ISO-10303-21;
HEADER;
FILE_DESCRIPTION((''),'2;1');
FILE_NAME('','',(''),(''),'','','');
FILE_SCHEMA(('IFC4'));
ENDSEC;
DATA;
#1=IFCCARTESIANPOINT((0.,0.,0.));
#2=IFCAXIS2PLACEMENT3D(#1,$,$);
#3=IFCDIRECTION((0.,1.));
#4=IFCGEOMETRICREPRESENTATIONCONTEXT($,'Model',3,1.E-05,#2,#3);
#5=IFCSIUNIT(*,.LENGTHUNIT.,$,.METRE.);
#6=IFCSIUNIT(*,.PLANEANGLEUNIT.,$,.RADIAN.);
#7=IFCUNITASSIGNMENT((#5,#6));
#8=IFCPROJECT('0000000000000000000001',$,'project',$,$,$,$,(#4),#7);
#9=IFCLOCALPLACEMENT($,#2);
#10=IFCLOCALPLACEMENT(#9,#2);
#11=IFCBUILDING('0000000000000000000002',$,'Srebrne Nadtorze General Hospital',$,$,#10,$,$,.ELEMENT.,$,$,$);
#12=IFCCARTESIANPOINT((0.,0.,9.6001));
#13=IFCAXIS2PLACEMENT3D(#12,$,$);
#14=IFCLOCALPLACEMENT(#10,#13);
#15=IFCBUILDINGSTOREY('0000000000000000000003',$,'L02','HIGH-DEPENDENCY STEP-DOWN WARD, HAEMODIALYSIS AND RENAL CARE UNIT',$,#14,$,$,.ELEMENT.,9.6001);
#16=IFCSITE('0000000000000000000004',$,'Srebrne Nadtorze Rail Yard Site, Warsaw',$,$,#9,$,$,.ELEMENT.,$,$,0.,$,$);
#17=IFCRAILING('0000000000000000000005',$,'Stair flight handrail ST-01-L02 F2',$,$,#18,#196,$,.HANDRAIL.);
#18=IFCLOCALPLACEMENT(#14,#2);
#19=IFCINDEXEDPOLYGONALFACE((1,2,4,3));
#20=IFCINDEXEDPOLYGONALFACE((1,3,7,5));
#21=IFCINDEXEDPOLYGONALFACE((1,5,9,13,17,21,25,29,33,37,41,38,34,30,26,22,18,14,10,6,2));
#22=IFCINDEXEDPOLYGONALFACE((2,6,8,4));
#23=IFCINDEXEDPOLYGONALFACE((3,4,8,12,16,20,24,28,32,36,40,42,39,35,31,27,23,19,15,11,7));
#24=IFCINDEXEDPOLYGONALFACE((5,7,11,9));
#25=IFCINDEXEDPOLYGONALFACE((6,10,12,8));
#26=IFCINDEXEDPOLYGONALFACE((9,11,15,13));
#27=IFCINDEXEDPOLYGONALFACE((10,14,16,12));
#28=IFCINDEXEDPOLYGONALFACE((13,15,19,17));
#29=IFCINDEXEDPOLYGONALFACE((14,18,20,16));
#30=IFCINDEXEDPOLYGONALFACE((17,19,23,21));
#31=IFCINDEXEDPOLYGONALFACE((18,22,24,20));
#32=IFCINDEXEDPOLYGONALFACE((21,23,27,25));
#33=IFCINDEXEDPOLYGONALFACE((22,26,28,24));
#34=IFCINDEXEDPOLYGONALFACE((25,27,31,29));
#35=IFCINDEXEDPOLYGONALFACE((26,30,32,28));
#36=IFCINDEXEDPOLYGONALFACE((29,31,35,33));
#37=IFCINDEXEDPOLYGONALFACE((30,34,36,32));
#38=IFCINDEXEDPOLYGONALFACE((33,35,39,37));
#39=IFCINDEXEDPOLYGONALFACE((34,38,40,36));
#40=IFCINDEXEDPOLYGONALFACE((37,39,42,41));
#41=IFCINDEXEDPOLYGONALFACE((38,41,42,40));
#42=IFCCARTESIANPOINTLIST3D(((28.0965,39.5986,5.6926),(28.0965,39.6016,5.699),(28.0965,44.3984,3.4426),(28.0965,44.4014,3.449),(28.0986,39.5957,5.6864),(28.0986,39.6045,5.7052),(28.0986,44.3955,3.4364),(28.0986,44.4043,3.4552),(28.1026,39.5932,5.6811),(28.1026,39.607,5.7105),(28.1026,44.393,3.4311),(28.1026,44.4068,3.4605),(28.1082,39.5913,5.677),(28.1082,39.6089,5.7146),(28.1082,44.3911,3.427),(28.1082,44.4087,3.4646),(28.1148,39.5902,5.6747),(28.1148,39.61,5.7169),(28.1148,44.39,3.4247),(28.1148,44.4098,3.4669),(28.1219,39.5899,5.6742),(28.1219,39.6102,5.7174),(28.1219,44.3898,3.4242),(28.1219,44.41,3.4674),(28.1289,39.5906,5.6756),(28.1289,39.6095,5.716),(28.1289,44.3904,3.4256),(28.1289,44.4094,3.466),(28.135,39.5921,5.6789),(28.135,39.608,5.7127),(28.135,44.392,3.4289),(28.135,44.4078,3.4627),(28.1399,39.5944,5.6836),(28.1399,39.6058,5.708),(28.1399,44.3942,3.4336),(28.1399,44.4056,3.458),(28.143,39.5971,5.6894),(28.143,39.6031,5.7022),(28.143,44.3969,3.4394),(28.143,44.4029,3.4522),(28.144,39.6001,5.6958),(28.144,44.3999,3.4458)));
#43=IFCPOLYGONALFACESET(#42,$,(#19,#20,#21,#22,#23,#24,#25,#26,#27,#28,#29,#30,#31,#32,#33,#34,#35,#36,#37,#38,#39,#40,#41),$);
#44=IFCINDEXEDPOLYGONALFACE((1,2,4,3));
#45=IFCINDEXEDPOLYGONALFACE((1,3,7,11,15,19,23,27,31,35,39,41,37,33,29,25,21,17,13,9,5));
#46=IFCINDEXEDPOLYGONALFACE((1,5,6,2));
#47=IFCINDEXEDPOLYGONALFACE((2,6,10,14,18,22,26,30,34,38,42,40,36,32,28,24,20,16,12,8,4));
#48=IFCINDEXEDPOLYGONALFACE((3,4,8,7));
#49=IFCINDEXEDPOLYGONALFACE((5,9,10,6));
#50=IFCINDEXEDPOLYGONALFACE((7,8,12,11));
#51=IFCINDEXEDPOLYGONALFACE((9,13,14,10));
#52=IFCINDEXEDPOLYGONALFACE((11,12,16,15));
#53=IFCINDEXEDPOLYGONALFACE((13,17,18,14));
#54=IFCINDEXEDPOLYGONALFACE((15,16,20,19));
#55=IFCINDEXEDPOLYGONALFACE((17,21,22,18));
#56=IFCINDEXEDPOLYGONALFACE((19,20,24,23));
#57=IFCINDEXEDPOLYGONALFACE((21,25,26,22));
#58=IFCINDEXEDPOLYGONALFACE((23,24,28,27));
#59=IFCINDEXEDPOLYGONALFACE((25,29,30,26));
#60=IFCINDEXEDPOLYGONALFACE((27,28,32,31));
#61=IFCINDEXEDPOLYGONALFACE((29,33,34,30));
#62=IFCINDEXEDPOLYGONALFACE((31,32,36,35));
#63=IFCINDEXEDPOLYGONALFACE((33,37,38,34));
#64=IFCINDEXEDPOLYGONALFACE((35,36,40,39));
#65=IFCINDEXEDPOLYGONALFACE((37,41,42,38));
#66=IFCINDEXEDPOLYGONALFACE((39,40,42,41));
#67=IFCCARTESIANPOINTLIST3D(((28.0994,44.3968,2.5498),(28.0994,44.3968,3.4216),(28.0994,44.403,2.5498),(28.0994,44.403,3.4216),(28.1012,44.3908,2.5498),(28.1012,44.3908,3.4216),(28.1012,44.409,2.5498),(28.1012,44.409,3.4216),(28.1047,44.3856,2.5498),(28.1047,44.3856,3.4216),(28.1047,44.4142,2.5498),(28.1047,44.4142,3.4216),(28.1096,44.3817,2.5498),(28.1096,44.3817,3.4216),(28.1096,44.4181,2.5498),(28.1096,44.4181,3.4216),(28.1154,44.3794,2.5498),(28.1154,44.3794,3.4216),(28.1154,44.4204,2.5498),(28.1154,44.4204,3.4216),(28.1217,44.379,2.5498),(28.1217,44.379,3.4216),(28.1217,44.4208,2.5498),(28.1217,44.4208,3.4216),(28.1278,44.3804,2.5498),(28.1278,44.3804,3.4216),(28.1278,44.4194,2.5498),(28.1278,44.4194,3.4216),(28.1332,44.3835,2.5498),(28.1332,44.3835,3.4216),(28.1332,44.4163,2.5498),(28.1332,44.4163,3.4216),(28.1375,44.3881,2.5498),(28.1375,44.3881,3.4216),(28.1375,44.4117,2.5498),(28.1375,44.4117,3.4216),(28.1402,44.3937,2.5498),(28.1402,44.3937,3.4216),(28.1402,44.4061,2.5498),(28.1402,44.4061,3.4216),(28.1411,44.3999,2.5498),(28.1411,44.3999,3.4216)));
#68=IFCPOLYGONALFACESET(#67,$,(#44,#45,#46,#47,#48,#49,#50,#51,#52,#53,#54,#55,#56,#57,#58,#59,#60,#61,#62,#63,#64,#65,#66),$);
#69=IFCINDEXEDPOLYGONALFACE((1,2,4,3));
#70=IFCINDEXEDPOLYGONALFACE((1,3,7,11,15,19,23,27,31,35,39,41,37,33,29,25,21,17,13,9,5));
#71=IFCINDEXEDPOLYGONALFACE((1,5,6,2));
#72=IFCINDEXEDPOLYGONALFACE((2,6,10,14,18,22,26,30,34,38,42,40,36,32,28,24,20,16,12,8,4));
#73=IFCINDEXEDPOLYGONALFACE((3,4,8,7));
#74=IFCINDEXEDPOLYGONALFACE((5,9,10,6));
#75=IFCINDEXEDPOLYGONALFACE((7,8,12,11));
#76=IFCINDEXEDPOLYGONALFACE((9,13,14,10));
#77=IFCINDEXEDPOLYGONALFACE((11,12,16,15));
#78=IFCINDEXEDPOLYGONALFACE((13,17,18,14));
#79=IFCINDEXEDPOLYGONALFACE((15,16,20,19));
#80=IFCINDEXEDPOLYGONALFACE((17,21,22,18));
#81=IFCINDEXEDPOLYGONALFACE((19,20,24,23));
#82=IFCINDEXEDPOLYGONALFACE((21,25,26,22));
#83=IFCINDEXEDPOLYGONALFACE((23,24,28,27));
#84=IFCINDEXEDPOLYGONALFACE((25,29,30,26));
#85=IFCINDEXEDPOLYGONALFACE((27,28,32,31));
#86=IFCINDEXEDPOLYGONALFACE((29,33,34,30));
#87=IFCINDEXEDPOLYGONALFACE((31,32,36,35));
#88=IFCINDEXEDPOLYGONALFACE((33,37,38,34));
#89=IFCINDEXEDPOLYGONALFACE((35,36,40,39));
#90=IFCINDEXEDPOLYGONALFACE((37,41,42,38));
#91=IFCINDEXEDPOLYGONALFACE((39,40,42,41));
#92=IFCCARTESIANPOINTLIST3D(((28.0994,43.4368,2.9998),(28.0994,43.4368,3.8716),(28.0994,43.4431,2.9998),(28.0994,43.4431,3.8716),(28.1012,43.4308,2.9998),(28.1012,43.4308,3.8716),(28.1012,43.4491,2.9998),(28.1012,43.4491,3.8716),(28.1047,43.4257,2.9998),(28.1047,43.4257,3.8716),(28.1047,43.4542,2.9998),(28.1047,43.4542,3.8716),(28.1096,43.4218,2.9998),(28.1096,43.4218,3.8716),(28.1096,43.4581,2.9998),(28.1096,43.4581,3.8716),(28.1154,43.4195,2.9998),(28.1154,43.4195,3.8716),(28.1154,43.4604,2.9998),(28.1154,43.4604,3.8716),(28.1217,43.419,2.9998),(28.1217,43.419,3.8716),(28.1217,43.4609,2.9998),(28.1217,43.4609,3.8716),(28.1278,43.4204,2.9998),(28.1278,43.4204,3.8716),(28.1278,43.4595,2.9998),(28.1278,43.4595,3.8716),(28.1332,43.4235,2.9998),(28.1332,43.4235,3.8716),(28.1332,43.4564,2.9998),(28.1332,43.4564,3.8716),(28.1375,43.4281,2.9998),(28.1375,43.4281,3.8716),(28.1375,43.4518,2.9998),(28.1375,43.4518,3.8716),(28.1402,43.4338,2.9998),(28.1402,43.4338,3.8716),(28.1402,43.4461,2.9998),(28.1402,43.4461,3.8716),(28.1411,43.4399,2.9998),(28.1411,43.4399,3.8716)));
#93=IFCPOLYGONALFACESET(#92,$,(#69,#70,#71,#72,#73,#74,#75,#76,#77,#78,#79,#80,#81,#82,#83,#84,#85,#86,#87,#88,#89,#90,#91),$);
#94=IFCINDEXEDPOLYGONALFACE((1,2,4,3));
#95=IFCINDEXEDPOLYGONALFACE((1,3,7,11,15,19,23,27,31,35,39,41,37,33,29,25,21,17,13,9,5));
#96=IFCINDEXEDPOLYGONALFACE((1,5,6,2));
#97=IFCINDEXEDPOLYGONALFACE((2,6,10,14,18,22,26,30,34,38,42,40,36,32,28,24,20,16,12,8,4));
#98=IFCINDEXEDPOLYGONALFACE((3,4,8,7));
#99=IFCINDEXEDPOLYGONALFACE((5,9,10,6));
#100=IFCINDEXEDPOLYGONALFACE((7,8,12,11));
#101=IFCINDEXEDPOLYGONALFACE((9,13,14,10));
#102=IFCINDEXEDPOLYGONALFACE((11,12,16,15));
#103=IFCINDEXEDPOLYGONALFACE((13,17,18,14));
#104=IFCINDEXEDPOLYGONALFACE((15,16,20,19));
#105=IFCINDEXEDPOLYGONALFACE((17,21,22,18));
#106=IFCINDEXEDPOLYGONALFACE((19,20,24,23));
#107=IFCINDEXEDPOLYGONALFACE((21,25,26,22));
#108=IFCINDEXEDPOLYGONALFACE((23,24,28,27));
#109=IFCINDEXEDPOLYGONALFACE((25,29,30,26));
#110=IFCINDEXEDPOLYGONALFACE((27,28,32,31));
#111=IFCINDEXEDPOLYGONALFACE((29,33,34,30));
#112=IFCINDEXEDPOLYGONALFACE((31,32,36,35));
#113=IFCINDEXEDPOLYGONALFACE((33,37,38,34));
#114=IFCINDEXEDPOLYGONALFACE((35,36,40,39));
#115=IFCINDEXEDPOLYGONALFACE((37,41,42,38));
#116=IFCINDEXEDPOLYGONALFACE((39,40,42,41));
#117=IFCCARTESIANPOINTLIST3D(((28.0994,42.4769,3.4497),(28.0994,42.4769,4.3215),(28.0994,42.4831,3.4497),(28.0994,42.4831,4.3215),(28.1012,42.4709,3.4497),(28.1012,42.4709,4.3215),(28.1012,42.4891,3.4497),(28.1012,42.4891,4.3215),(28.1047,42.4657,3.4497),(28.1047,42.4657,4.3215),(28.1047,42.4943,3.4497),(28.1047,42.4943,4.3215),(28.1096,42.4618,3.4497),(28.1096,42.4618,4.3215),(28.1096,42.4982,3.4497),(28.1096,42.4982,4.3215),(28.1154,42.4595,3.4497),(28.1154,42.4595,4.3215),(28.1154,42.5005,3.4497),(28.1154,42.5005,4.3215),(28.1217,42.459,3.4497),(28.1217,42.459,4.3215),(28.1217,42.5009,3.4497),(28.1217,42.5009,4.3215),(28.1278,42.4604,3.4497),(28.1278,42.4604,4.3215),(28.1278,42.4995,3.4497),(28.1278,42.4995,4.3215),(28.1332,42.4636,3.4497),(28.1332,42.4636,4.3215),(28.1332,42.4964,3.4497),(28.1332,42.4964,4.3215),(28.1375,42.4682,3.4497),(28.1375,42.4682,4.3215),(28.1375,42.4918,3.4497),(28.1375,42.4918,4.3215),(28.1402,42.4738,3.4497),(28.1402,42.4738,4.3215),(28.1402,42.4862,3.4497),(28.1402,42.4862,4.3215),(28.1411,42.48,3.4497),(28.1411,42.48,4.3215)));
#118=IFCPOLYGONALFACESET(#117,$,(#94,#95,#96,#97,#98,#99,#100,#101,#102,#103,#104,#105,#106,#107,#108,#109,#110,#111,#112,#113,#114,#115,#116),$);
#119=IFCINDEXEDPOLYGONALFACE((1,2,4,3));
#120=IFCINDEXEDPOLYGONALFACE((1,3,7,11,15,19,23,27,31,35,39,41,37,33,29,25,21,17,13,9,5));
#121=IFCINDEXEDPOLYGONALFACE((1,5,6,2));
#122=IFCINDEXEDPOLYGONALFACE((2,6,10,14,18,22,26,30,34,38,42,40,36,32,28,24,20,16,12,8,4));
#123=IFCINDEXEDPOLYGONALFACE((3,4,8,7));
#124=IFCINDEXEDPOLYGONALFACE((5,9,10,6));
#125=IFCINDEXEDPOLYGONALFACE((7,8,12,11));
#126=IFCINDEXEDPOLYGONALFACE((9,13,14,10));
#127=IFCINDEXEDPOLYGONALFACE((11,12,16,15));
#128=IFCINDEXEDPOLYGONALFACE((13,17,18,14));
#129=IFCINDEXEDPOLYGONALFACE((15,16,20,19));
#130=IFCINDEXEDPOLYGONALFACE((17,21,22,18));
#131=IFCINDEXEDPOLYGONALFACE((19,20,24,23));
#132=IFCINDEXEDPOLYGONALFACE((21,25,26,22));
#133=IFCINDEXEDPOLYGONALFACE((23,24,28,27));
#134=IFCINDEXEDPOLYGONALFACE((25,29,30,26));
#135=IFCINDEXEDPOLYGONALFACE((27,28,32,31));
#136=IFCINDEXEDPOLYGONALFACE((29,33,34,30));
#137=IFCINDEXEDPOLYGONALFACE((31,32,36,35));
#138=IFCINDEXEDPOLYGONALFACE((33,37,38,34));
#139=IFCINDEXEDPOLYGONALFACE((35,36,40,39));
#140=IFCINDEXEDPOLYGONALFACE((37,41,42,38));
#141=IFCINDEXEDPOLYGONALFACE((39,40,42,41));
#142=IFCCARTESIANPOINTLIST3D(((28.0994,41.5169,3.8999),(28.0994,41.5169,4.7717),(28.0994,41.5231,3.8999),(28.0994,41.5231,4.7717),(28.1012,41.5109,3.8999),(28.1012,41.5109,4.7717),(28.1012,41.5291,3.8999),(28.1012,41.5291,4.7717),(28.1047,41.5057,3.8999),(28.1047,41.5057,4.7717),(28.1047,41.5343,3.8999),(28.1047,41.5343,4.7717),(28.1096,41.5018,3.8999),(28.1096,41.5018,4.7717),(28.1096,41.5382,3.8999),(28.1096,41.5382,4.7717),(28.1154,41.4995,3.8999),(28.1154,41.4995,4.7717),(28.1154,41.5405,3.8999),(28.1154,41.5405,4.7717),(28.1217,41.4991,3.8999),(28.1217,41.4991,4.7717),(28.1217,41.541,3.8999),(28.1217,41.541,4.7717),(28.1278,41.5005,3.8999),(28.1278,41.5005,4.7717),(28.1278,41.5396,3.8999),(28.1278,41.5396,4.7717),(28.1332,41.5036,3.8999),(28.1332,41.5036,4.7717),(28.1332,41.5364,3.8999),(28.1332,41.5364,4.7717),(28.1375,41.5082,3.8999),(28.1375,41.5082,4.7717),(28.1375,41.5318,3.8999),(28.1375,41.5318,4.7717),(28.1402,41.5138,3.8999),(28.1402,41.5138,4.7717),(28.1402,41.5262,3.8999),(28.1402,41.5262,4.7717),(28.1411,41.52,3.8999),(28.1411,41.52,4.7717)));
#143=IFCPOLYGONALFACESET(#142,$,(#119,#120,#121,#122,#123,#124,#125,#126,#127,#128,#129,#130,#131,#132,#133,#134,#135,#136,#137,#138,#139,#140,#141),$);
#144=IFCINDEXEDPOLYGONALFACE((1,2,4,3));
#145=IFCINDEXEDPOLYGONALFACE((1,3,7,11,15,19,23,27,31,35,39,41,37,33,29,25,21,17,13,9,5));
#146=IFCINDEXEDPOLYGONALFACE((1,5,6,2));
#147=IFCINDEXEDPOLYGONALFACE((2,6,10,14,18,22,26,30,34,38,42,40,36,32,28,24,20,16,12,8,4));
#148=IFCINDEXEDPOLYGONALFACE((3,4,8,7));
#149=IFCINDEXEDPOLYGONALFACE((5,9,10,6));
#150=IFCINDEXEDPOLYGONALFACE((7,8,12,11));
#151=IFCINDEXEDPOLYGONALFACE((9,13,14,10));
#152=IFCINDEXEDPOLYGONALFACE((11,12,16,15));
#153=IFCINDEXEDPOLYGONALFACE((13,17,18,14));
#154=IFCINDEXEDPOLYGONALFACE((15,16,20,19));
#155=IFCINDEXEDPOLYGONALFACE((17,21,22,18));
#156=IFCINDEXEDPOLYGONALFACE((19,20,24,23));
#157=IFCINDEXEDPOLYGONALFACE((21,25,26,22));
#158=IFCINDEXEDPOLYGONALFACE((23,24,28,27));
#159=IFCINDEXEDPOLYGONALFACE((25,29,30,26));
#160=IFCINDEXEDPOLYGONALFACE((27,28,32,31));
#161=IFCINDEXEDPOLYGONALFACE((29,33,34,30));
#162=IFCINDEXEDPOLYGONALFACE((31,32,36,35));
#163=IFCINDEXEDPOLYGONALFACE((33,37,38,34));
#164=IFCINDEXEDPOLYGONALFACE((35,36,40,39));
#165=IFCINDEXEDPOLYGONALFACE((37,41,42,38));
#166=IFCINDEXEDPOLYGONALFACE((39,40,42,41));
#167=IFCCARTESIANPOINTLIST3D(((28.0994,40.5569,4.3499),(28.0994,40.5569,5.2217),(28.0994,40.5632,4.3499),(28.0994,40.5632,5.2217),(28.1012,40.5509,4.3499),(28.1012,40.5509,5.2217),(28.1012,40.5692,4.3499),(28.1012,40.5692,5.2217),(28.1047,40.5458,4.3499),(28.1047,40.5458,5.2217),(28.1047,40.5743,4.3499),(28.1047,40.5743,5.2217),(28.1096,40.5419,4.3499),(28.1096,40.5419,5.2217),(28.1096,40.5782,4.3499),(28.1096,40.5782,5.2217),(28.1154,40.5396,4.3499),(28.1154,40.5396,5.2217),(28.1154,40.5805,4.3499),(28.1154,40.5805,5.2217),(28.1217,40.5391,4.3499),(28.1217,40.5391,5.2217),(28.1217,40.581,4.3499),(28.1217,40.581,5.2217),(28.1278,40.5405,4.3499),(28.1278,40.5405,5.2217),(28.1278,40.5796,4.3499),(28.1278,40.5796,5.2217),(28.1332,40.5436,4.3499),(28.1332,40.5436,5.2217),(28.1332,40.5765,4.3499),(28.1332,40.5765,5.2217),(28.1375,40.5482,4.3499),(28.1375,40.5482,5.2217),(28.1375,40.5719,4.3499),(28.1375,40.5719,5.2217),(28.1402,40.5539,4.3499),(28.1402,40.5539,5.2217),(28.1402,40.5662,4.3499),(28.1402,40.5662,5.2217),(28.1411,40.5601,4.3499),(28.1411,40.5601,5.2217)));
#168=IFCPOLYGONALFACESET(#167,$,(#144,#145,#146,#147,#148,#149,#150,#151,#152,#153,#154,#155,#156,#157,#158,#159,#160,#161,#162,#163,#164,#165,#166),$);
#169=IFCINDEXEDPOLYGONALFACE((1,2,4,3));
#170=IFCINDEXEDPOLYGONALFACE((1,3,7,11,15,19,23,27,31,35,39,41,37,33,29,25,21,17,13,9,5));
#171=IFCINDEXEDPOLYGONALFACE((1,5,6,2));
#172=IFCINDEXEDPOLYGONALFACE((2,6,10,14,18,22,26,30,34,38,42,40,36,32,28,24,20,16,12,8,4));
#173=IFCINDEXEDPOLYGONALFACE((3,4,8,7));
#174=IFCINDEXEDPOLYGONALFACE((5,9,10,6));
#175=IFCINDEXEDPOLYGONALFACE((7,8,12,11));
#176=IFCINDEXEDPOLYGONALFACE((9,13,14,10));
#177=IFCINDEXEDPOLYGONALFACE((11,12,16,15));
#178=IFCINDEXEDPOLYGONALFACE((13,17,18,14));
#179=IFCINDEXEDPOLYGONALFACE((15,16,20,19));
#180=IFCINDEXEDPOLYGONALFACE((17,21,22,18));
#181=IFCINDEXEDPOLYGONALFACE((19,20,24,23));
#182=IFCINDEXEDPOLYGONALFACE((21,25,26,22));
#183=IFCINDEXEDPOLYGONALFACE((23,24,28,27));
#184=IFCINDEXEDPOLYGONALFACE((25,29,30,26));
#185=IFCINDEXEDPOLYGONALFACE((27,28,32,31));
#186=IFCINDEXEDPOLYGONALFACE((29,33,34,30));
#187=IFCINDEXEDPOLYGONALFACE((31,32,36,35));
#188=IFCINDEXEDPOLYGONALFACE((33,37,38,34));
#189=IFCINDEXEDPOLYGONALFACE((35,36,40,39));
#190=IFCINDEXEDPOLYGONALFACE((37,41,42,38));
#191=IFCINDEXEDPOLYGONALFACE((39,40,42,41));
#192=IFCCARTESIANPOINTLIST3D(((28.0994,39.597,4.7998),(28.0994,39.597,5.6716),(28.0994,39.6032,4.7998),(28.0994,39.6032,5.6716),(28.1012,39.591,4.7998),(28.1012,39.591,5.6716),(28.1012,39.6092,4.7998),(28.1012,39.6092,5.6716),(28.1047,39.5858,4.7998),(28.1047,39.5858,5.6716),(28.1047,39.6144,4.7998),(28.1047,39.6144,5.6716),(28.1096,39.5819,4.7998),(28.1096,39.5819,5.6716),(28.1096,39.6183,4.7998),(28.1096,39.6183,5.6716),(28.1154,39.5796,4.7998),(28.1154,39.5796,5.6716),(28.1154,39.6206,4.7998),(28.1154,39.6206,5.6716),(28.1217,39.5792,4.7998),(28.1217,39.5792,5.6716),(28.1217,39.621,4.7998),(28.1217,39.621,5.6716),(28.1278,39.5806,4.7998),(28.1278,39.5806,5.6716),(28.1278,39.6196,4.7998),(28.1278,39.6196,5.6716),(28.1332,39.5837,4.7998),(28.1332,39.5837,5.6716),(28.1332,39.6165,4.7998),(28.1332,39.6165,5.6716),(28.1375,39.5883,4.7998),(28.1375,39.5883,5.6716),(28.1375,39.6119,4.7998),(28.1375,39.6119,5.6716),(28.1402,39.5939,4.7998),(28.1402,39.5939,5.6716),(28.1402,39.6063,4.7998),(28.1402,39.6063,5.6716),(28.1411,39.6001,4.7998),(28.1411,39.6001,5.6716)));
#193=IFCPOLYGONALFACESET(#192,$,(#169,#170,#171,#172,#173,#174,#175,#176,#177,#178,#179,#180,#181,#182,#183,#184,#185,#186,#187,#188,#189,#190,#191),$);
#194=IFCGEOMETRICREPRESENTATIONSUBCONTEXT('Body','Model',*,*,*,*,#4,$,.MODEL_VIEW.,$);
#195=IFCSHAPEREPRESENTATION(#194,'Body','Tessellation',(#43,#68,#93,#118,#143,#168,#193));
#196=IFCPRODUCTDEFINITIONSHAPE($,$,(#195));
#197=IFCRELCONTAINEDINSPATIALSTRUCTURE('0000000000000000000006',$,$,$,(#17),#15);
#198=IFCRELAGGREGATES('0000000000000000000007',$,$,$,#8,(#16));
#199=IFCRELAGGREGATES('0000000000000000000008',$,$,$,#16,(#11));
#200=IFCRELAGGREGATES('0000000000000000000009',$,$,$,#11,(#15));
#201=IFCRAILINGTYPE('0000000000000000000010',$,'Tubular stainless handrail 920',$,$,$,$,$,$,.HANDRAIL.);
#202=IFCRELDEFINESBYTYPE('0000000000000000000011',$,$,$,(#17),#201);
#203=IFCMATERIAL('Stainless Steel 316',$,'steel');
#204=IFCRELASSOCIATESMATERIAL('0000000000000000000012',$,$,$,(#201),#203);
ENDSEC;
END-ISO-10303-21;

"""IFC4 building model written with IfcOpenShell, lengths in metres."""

from ifc_helpers import new_model, si_unit, direction, frame, origin, origin_2d, place, context, subcontext, project, spatial, circle, extrude, material, type_object, element, save


model = new_model("IFC4")

# Units and contexts
model_context = context("Model", 3, precision=1e-05, world=origin(), true_north=direction((0.0, 1.0)))
body_context = subcontext(model_context, "Body", "Model", "MODEL_VIEW")
ifc_project = project(units=[si_unit("LENGTHUNIT", "METRE"), si_unit("PLANEANGLEUNIT", "RADIAN")], contexts=[model_context])

# Site, building, storey
site_placement = place(None, origin())
site = spatial("IfcSite", under=ifc_project, at=site_placement, Name="Srebrne Nadtorze Rail Yard Site, Warsaw", CompositionType="ELEMENT", RefElevation=0.0)
building_placement = place(site_placement, origin())
building = spatial("IfcBuilding", under=site, at=building_placement, Name="Srebrne Nadtorze General Hospital", CompositionType="ELEMENT")
storey_placement = place(building_placement, frame((0.0, 0.0, 9.6001)))
storey = spatial("IfcBuildingStorey", under=building, at=storey_placement, Name="L02", Description="HIGH-DEPENDENCY STEP-DOWN WARD, HAEMODIALYSIS AND RENAL CARE UNIT", CompositionType="ELEMENT", Elevation=9.6001)

# Railing
ifc_material_1 = material(Name="Stainless Steel 316", Category="steel")
railing_type_1 = type_object("IfcRailingType", Name="Tubular stainless handrail 920", PredefinedType="HANDRAIL", material=ifc_material_1)
railing_1_placement = place(storey_placement, frame((28.1201, 44.3999, 2.5498)))
element("IfcRailing", 1, at=railing_1_placement, inside=storey, type_object=railing_type_1, Name="Stair flight handrail ST-01-L02 F2", PredefinedType="HANDRAIL", context=body_context, shape_type="SweptSolid", body=[
    extrude(circle(Radius=0.0239, at=origin_2d()), frame((0.0, 0.0, 0.896), z_axis=(0.0, -0.905452, 0.424448), x_axis=(1.0, 0.0, 0.0)), (0.0, 0.0, 1.0), 5.301),
    extrude(circle(Radius=0.021, at=origin_2d()), origin(), (0.0, 0.0, 1.0), 0.8718),
    extrude(circle(Radius=0.021, at=origin_2d()), frame((0.0, -0.96, 0.45)), (0.0, 0.0, 1.0), 0.8718),
    extrude(circle(Radius=0.021, at=origin_2d()), frame((0.0, -1.9199, 0.8999)), (0.0, 0.0, 1.0), 0.8718),
    extrude(circle(Radius=0.021, at=origin_2d()), frame((0.0, -2.8799, 1.3501)), (0.0, 0.0, 1.0), 0.8718),
    extrude(circle(Radius=0.021, at=origin_2d()), frame((0.0, -3.8398, 1.8)), (0.0, 0.0, 1.0), 0.8718),
    extrude(circle(Radius=0.021, at=origin_2d()), frame((0.0, -4.7998, 2.25)), (0.0, 0.0, 1.0), 0.8718),
])

save(model, "model.ifc")
